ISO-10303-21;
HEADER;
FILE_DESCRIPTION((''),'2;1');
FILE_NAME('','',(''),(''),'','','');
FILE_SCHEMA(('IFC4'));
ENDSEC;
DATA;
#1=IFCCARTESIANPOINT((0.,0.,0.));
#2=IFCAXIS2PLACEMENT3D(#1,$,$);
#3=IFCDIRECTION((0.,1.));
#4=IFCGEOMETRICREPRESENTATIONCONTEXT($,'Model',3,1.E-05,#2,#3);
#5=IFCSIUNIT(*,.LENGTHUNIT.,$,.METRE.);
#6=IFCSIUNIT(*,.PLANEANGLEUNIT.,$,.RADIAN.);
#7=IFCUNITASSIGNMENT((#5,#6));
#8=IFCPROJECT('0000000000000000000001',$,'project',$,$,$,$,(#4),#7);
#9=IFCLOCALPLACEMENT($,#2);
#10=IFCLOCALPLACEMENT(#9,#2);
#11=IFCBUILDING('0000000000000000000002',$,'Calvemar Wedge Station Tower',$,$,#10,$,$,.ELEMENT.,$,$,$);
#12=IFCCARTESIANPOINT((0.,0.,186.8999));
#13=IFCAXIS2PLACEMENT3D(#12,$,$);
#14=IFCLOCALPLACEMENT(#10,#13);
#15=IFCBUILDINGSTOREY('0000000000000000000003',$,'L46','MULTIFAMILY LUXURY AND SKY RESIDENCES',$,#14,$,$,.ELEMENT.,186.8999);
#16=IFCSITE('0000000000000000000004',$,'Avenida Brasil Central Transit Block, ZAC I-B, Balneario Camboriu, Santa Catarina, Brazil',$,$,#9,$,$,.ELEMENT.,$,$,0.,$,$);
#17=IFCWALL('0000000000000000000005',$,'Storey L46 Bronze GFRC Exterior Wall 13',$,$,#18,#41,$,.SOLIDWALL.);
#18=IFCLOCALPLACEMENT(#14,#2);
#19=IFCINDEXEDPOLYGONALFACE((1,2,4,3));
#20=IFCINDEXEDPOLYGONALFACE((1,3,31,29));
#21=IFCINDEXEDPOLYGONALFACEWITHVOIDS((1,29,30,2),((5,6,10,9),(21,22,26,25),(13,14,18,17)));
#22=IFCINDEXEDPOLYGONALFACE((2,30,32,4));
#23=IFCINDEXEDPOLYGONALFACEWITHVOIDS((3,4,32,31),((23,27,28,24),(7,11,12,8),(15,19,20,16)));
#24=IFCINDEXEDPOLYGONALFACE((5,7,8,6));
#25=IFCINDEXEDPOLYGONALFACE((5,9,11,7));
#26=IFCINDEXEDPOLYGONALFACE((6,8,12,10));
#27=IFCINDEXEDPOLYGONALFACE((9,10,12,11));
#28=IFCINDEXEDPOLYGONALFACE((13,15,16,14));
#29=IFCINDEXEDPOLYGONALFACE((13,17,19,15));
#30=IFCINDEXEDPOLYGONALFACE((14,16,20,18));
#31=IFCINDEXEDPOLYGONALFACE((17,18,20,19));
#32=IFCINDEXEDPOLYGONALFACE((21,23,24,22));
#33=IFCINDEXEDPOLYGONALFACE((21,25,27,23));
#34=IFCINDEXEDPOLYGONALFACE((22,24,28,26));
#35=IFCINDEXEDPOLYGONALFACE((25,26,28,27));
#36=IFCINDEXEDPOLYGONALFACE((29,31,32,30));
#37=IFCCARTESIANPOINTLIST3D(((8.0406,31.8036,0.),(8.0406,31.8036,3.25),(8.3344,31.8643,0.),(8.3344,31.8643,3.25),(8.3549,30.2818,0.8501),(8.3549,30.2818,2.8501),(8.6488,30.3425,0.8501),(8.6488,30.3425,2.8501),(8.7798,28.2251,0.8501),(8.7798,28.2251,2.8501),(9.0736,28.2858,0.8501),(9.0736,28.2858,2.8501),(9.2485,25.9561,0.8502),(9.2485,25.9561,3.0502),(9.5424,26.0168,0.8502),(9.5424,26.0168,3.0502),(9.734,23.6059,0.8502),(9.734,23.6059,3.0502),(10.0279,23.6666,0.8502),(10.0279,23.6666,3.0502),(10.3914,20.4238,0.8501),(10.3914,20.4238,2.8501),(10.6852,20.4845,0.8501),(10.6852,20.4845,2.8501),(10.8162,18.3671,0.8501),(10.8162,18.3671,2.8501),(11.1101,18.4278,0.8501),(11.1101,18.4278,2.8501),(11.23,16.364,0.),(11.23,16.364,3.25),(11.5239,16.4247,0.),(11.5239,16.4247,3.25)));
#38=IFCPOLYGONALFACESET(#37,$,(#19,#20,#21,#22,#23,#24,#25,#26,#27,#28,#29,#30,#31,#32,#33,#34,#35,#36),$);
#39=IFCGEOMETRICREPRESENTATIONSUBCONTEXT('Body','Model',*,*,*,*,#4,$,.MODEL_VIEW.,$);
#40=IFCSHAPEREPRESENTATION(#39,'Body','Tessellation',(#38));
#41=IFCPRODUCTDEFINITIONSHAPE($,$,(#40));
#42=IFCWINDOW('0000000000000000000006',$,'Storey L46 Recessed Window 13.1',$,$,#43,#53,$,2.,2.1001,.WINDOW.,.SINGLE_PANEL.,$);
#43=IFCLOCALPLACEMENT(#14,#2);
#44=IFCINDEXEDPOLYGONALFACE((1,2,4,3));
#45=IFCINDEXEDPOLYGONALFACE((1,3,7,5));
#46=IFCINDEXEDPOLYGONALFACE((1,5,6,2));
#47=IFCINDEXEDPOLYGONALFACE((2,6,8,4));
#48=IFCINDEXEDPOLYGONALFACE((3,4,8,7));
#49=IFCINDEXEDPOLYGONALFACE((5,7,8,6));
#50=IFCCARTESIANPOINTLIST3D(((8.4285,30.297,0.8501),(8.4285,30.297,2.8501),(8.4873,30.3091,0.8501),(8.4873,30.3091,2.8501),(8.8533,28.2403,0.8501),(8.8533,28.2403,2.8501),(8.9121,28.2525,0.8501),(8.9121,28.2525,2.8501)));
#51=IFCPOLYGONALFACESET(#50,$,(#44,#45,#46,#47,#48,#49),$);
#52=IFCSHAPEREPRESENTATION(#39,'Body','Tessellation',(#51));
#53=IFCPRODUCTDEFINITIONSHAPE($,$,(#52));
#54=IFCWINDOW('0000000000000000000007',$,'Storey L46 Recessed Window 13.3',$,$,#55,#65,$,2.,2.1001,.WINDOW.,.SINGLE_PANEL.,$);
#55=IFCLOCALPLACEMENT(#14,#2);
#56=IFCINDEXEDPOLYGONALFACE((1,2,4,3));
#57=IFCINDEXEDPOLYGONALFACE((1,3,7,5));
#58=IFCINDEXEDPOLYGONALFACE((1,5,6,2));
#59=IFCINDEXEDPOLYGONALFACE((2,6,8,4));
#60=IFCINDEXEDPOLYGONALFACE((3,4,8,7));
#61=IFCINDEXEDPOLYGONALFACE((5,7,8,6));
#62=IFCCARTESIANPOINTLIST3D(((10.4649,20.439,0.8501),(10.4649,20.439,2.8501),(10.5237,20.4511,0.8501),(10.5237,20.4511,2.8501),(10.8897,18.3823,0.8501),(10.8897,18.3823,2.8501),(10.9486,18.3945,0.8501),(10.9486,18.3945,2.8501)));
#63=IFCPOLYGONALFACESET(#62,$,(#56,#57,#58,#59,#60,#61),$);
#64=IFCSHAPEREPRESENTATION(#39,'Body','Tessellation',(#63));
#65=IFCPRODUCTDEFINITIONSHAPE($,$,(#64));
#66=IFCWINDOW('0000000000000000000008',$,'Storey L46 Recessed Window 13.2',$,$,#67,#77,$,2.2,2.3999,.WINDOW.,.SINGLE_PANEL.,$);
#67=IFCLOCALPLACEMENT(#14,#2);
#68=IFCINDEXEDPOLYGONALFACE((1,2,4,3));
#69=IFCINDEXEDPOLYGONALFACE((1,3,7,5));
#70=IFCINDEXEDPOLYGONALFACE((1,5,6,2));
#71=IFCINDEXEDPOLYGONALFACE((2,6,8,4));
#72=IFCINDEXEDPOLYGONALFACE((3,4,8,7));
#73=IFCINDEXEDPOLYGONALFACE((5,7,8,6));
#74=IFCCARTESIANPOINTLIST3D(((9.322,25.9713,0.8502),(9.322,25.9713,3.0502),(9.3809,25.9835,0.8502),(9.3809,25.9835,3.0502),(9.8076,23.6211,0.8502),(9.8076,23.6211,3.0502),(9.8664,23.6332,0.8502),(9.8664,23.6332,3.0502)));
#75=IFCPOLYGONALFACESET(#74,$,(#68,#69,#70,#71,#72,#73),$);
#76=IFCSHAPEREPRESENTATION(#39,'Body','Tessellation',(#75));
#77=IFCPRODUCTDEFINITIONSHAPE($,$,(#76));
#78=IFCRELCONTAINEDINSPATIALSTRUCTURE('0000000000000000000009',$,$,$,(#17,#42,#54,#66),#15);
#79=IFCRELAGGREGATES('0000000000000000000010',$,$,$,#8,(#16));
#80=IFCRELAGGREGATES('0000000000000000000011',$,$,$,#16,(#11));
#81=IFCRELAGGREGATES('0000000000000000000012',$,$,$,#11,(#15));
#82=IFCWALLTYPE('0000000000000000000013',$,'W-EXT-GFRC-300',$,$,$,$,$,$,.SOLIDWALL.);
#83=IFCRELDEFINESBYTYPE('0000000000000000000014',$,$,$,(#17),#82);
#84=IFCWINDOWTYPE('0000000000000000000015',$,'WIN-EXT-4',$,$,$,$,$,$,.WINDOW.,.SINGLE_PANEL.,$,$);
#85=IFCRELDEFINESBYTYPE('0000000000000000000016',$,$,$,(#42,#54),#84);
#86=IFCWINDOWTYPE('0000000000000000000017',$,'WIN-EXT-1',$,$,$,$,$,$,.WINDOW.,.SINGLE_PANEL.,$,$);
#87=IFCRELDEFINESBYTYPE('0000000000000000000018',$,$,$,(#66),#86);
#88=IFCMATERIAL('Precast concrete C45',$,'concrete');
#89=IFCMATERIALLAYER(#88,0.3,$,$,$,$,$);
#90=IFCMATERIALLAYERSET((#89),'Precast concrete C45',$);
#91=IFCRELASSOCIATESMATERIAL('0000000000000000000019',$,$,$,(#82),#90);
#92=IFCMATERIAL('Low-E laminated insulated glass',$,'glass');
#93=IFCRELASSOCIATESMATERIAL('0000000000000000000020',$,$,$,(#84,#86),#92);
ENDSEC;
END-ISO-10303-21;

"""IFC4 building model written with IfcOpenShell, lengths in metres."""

from ifc_helpers import new_model, si_unit, direction, frame, frame_2d, origin, place, context, subcontext, project, spatial, rectangle, extrude, source, transform, mapped, material, layer, layer_set, type_object, element, fill, save


model = new_model("IFC4")

# Units and contexts
model_context = context("Model", 3, precision=1e-05, world=origin(), true_north=direction((0.0, 1.0)))
body_context = subcontext(model_context, "Body", "Model", "MODEL_VIEW")
ifc_project = project(units=[si_unit("LENGTHUNIT", "METRE"), si_unit("PLANEANGLEUNIT", "RADIAN")], contexts=[model_context])

# Site, building, storey
site_placement = place(None, origin())
site = spatial("IfcSite", under=ifc_project, at=site_placement, Name="Avenida Brasil Central Transit Block, ZAC I-B, Balneario Camboriu, Santa Catarina, Brazil", CompositionType="ELEMENT", RefElevation=0.0)
building_placement = place(site_placement, origin())
building = spatial("IfcBuilding", under=site, at=building_placement, Name="Calvemar Wedge Station Tower", CompositionType="ELEMENT")
storey_placement = place(building_placement, frame((0.0, 0.0, 186.8999)))
storey = spatial("IfcBuildingStorey", under=building, at=storey_placement, Name="L46", Description="MULTIFAMILY LUXURY AND SKY RESIDENCES", CompositionType="ELEMENT", Elevation=186.8999)

# Wall, openings, windows
ifc_material_1 = material(Name="Precast concrete C45", Category="concrete")
ifc_layer_1 = layer(ifc_material_1, 0.3)
ifc_layer_set_1 = layer_set([ifc_layer_1], Name="Precast concrete C45")
wall_type_1 = type_object("IfcWallType", Name="W-EXT-GFRC-300", PredefinedType="SOLIDWALL", material=ifc_layer_set_1)
wall_1_placement = place(storey_placement, frame((8.1875, 31.834, 0.0), z_axis=(0.0, 0.0, 1.0), x_axis=(0.202303, -0.979323, 0.0)))
wall_1 = element("IfcWall", 1, at=wall_1_placement, inside=storey, type_object=wall_type_1, Name="Storey L46 Bronze GFRC Exterior Wall 13", PredefinedType="SOLIDWALL", context=body_context, shape_type="SweptSolid", body=[
    extrude(rectangle(XDim=15.7656, YDim=0.3, at=frame_2d((7.8828, 0.0))), origin(), (0.0, 0.0, 1.0), 3.25),
])
shared_shape_1 = source(origin(), body_context, "Body", "SweptSolid", [
    extrude(rectangle(XDim=2.1001, YDim=2.0, at=frame_2d((1.05, 1.0))), frame((0.0, 0.1602, 0.0), z_axis=(0.0, -1.0, 0.0), x_axis=(1.0, 0.0, 0.0)), (0.0, 0.0, 1.0), 0.3201),
])
opening_1_placement = place(wall_1_placement, frame((1.554, 0.0, 0.8501)))
opening_1 = element("IfcOpeningElement", 2, at=opening_1_placement, cuts=wall_1, PredefinedType="OPENING", context=body_context, shape_type="MappedRepresentation", body=[
    mapped(shared_shape_1, transform((0.0, 0.0, 0.0), scale=1.0)),
])
shared_shape_2 = source(origin(), body_context, "Body", "SweptSolid", [
    extrude(rectangle(XDim=2.3999, YDim=2.2, at=frame_2d((1.2, 1.1001))), frame((0.0, 0.1602, 0.0), z_axis=(0.0, -1.0, 0.0), x_axis=(1.0, 0.0, 0.0)), (0.0, 0.0, 1.0), 0.3201),
])
opening_2_placement = place(wall_1_placement, frame((5.9709, 0.0, 0.8501)))
opening_2 = element("IfcOpeningElement", 3, at=opening_2_placement, cuts=wall_1, PredefinedType="OPENING", context=body_context, shape_type="MappedRepresentation", body=[
    mapped(shared_shape_2, transform((0.0, 0.0, 0.0), scale=1.0)),
])
opening_3_placement = place(wall_1_placement, frame((11.6201, 0.0, 0.8501)))
opening_3 = element("IfcOpeningElement", 4, at=opening_3_placement, cuts=wall_1, PredefinedType="OPENING", context=body_context, shape_type="MappedRepresentation", body=[
    mapped(shared_shape_1, transform((0.0, 0.0, 0.0), scale=1.0)),
])
ifc_material_2 = material(Name="Low-E laminated insulated glass", Category="glass")
window_type_1 = type_object("IfcWindowType", Name="WIN-EXT-4", PartitioningType="SINGLE_PANEL", PredefinedType="WINDOW", material=ifc_material_2)
shared_shape_3 = source(origin(), body_context, "Body", "SweptSolid", [
    extrude(rectangle(XDim=2.1001, YDim=2.0, at=frame_2d((1.05, 1.0))), frame((0.0, -0.0149, 0.0), z_axis=(0.0, -1.0, 0.0), x_axis=(1.0, 0.0, 0.0)), (0.0, 0.0, 1.0), 0.0601),
])
window_1_placement = place(opening_1_placement, origin())
window_1 = element("IfcWindow", 5, at=window_1_placement, inside=storey, type_object=window_type_1, Name="Storey L46 Recessed Window 13.1", OverallHeight=2.0, OverallWidth=2.1001, PartitioningType="SINGLE_PANEL", PredefinedType="WINDOW", context=body_context, shape_type="MappedRepresentation", body=[
    mapped(shared_shape_3, transform((0.0, 0.0, 0.0), scale=1.0)),
])
fill(opening_1, window_1)
window_2_placement = place(opening_3_placement, origin())
window_2 = element("IfcWindow", 6, at=window_2_placement, inside=storey, type_object=window_type_1, Name="Storey L46 Recessed Window 13.3", OverallHeight=2.0, OverallWidth=2.1001, PartitioningType="SINGLE_PANEL", PredefinedType="WINDOW", context=body_context, shape_type="MappedRepresentation", body=[
    mapped(shared_shape_3, transform((0.0, 0.0, 0.0), scale=1.0)),
])
fill(opening_3, window_2)
window_type_2 = type_object("IfcWindowType", Name="WIN-EXT-1", PartitioningType="SINGLE_PANEL", PredefinedType="WINDOW", material=ifc_material_2)
shared_shape_4 = source(origin(), body_context, "Body", "SweptSolid", [
    extrude(rectangle(XDim=2.3999, YDim=2.2, at=frame_2d((1.2, 1.1001))), frame((0.0, -0.0149, 0.0), z_axis=(0.0, -1.0, 0.0), x_axis=(1.0, 0.0, 0.0)), (0.0, 0.0, 1.0), 0.0601),
])
window_3_placement = place(opening_2_placement, origin())
window_3 = element("IfcWindow", 7, at=window_3_placement, inside=storey, type_object=window_type_2, Name="Storey L46 Recessed Window 13.2", OverallHeight=2.2, OverallWidth=2.3999, PartitioningType="SINGLE_PANEL", PredefinedType="WINDOW", context=body_context, shape_type="MappedRepresentation", body=[
    mapped(shared_shape_4, transform((0.0, 0.0, 0.0), scale=1.0)),
])
fill(opening_2, window_3)

save(model, "model.ifc")
